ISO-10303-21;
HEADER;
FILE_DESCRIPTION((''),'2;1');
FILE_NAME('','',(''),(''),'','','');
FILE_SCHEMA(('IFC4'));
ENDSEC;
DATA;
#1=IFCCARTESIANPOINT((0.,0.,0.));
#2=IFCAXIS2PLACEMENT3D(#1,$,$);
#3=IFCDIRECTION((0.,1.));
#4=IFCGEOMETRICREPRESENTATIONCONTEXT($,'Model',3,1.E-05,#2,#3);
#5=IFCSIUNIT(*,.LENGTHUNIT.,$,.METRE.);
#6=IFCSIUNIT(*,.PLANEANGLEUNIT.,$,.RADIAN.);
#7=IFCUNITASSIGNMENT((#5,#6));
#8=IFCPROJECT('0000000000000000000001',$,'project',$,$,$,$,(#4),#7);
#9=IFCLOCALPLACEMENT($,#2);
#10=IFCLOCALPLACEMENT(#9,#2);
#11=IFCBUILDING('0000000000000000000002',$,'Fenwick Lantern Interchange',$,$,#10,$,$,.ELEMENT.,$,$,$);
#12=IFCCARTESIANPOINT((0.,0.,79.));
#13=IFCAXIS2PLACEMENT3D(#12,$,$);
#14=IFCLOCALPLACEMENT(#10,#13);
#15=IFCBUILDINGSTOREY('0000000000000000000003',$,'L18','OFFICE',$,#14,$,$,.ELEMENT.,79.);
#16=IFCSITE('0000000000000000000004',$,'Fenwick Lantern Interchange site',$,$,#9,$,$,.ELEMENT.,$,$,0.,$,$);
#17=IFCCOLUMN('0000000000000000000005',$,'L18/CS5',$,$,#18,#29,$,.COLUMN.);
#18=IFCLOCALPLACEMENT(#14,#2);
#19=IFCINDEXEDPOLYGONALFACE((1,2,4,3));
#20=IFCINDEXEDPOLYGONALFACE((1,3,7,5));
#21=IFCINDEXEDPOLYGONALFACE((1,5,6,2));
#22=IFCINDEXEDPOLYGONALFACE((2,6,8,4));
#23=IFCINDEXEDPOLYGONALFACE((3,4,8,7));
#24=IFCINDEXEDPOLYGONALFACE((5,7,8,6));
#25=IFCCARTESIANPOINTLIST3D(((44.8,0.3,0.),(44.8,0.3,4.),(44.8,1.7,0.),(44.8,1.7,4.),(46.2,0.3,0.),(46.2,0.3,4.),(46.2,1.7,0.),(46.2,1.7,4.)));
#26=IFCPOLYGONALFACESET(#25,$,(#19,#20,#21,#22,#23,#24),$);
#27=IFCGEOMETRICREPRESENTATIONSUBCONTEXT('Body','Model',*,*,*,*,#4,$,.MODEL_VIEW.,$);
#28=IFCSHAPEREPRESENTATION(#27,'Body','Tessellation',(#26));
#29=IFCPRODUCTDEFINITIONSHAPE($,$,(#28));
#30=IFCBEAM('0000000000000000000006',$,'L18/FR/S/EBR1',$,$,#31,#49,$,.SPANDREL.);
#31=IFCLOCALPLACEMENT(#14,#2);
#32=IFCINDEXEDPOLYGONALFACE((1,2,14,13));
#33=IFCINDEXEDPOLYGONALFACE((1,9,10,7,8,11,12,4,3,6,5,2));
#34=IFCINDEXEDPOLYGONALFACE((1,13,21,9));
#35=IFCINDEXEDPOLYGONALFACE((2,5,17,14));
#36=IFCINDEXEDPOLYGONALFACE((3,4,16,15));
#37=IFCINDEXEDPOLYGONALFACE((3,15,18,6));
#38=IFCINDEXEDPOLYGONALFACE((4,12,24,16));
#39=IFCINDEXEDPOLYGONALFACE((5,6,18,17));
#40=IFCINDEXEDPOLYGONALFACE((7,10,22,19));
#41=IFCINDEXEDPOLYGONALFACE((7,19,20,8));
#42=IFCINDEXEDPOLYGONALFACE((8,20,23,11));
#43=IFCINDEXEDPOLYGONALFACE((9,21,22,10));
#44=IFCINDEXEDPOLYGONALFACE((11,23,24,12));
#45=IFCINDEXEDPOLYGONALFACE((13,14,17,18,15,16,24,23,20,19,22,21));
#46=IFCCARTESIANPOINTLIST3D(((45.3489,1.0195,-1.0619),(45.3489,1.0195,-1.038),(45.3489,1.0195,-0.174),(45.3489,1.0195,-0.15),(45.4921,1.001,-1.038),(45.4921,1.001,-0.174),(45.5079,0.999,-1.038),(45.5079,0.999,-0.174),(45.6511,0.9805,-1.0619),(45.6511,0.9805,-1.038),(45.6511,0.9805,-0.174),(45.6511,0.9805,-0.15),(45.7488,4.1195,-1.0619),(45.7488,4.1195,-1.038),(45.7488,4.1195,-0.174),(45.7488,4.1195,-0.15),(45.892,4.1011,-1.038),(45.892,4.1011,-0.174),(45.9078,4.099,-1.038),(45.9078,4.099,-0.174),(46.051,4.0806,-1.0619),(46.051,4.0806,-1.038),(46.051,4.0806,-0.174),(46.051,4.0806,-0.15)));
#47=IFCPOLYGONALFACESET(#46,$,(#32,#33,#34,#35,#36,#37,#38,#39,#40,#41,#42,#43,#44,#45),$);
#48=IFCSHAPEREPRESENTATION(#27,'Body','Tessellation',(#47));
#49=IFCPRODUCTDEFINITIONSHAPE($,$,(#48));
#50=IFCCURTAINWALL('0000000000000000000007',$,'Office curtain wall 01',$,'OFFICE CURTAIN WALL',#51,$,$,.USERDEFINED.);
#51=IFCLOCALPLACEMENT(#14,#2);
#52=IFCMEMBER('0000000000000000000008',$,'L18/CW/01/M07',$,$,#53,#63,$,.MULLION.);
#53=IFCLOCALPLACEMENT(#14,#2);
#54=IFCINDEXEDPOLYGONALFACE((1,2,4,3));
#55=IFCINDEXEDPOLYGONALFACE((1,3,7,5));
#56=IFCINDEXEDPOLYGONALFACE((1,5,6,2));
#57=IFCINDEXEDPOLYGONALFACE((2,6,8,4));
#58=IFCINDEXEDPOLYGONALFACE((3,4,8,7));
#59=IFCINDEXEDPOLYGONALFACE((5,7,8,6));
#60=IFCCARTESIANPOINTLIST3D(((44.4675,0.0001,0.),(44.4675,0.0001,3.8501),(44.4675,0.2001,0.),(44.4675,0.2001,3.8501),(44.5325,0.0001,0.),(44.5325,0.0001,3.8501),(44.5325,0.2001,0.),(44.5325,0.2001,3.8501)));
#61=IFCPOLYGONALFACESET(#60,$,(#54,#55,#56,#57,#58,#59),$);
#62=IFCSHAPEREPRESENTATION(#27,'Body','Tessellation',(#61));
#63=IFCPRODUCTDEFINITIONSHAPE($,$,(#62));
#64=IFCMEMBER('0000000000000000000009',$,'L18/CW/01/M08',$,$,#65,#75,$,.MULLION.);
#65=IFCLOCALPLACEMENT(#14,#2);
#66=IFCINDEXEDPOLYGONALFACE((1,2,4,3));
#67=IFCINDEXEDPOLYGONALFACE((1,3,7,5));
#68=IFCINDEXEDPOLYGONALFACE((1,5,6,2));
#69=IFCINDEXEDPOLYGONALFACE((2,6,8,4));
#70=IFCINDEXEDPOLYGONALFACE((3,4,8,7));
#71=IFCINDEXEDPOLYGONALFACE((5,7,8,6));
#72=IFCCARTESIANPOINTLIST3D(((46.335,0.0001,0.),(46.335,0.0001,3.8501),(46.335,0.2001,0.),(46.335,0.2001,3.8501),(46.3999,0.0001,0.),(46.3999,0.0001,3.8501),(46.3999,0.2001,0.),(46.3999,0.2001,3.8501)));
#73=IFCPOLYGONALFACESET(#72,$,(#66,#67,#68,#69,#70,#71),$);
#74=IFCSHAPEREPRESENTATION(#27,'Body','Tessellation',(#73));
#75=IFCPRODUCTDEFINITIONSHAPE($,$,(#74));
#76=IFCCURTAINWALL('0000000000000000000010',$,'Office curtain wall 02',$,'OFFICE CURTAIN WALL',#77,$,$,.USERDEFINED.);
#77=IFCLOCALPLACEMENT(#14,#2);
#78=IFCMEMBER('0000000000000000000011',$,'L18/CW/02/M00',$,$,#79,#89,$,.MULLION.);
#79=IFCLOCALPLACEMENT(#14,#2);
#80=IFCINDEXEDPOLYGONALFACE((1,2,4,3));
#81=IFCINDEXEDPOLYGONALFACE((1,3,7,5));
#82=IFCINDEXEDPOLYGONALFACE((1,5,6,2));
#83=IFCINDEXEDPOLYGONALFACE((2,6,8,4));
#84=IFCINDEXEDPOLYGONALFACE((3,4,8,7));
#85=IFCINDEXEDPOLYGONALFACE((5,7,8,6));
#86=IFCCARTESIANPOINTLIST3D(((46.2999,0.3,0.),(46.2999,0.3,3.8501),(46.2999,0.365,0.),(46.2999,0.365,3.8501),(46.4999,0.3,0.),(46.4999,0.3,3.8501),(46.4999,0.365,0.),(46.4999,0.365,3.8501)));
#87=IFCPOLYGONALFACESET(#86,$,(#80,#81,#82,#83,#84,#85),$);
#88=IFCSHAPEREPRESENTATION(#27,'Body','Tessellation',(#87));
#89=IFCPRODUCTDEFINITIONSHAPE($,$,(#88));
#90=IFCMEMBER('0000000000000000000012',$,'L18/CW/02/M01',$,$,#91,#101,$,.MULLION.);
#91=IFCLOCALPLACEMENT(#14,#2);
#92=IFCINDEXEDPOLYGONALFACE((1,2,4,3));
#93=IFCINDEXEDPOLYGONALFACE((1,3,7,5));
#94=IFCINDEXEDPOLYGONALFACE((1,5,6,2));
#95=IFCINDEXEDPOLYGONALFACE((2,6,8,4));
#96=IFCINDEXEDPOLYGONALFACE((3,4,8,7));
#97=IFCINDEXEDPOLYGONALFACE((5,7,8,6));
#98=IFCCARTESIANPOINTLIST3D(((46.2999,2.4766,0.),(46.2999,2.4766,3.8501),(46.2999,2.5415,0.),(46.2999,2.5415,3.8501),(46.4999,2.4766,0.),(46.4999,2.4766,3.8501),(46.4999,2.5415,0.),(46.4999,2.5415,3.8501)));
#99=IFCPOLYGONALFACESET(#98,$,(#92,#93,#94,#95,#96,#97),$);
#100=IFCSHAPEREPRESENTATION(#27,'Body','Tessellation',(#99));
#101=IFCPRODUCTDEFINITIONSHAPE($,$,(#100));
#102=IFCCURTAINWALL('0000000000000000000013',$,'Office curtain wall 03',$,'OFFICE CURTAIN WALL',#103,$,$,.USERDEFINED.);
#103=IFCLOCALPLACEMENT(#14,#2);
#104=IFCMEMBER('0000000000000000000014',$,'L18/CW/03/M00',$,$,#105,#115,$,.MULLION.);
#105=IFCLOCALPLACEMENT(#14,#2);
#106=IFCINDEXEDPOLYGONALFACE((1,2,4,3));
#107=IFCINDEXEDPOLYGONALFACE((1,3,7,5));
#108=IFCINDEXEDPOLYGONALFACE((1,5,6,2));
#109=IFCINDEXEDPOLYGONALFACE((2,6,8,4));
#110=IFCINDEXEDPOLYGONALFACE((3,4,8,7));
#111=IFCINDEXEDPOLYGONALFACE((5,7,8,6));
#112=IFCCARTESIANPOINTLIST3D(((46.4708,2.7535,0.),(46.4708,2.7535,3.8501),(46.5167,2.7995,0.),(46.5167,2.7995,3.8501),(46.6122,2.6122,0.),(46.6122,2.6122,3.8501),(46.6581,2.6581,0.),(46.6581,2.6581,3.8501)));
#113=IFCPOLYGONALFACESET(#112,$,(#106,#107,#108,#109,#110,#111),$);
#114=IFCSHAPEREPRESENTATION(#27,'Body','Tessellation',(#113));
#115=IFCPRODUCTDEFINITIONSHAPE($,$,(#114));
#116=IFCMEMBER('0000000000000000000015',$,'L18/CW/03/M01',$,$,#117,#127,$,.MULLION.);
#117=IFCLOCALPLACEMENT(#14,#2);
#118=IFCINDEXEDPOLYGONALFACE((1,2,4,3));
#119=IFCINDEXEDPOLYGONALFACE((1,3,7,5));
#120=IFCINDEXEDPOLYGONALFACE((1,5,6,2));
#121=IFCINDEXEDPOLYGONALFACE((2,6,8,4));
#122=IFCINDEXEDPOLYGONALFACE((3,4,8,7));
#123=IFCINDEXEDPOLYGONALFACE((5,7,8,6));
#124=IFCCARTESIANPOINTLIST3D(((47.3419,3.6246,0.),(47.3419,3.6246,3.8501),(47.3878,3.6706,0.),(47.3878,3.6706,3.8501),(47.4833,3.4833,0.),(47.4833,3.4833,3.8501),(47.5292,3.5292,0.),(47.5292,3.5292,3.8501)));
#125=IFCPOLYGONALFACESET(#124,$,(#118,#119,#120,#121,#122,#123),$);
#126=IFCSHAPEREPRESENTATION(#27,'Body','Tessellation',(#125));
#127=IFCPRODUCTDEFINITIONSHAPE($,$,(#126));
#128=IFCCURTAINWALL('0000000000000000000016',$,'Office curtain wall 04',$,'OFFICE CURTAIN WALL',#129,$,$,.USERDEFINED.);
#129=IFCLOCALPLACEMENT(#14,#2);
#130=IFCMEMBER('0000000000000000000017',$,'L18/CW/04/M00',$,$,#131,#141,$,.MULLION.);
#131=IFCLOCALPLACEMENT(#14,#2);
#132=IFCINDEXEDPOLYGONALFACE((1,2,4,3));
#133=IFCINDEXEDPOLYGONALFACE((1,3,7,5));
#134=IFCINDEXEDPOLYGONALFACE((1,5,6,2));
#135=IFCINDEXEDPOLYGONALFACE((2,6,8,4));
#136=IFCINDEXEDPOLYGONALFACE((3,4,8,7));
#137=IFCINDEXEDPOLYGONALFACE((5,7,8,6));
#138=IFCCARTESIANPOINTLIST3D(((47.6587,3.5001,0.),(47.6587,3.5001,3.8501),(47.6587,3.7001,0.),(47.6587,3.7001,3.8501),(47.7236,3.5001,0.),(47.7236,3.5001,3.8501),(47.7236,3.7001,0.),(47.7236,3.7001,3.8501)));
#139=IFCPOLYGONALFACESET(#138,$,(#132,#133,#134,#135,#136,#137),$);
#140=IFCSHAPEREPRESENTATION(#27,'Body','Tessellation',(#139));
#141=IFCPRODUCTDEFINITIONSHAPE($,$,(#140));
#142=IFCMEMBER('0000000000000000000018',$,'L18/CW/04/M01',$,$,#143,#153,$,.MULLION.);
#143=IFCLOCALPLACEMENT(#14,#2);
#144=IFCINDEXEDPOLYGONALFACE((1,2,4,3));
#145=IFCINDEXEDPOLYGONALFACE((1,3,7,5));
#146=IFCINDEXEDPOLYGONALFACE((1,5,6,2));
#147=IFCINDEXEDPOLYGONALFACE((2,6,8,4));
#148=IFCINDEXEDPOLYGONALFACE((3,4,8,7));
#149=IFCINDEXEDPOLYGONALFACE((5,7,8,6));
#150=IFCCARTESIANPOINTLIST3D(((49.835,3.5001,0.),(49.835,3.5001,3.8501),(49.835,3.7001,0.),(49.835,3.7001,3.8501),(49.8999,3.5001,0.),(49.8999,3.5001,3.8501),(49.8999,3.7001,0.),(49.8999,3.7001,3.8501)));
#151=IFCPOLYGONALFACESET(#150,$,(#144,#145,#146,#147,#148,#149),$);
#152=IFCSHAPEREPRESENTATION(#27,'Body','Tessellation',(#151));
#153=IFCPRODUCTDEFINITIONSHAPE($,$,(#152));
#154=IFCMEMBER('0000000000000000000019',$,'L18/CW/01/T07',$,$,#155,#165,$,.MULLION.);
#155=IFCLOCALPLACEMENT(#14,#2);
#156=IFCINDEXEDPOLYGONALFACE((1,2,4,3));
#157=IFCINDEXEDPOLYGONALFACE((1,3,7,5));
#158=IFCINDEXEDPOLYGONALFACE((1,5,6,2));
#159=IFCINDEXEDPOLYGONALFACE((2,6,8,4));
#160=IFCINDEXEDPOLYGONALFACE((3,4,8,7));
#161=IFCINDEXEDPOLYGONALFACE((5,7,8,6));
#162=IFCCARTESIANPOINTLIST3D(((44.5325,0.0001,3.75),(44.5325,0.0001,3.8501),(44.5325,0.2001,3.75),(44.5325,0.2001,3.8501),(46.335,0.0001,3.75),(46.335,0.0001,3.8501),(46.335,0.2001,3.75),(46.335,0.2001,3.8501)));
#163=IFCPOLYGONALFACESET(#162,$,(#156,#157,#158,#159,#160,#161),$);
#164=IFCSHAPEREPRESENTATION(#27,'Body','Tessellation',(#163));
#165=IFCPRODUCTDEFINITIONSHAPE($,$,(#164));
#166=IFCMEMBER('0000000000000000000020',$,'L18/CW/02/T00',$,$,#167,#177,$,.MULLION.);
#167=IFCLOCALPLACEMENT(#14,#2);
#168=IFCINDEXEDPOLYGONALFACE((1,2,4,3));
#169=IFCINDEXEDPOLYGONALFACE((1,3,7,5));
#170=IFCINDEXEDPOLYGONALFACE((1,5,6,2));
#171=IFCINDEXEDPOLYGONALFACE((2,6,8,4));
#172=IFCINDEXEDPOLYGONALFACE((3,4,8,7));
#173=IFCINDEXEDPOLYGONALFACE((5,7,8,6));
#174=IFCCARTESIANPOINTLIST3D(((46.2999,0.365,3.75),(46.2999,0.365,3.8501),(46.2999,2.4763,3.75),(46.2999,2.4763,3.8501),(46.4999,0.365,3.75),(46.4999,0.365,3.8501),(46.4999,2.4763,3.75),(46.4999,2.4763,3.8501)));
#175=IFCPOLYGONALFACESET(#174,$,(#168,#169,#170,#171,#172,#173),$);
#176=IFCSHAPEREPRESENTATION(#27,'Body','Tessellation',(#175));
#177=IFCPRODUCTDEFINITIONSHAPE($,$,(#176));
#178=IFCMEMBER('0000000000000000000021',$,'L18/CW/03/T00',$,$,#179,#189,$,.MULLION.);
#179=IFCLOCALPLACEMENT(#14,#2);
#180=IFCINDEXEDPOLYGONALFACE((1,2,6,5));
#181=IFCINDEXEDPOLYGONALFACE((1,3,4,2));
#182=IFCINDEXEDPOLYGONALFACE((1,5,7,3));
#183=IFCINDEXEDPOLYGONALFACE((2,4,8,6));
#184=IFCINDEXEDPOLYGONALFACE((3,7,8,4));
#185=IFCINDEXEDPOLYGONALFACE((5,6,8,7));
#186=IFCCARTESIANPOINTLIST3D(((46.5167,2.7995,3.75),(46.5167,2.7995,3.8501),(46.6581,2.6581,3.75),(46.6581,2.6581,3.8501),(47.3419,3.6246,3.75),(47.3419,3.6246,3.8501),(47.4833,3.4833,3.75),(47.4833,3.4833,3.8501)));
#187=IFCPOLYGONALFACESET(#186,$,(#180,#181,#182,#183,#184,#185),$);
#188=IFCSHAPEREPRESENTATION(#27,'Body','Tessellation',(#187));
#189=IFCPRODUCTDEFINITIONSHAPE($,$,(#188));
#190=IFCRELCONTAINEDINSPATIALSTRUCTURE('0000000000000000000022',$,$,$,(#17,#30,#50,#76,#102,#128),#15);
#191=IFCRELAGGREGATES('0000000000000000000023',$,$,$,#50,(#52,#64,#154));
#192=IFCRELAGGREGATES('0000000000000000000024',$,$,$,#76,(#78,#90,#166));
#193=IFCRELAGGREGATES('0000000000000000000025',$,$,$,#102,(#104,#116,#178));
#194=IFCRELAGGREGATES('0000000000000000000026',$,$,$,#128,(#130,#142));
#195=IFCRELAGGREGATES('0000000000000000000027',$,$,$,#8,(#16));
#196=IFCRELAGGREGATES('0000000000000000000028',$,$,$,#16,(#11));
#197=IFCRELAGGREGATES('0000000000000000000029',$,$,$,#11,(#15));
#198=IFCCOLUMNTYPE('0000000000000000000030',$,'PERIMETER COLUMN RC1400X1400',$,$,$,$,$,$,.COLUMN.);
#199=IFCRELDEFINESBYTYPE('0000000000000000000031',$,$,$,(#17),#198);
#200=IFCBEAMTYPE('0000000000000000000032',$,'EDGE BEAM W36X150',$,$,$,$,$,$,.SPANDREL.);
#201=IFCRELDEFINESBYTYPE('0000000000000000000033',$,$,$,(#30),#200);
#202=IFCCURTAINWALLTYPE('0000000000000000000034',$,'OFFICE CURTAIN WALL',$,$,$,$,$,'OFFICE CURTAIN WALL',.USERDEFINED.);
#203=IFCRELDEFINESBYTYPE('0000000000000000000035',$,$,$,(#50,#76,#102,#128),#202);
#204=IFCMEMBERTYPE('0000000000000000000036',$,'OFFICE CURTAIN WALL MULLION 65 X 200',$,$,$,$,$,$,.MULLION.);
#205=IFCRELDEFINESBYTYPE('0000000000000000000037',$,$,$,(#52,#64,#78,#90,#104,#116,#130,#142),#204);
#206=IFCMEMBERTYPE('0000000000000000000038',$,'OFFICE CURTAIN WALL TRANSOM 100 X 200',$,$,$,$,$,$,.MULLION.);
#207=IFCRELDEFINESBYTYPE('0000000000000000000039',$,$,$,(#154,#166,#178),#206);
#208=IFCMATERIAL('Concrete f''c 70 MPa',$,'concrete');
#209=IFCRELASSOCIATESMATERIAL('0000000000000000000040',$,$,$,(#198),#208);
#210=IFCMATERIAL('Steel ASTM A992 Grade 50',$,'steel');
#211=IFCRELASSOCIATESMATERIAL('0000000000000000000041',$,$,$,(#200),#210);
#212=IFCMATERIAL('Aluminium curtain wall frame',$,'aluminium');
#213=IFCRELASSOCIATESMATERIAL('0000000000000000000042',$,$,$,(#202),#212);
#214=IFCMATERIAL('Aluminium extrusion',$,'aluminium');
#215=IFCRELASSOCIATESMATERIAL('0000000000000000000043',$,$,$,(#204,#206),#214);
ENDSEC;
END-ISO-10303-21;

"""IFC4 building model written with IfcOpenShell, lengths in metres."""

from ifc_helpers import new_model, si_unit, direction, frame, origin, origin_2d, place, context, subcontext, project, spatial, rectangle, i_section, extrude, material, material_profile, profile_set, type_object, element, aggregate, save


model = new_model("IFC4")

# Units and contexts
model_context = context("Model", 3, precision=1e-05, world=origin(), true_north=direction((0.0, 1.0)))
body_context = subcontext(model_context, "Body", "Model", "MODEL_VIEW")
ifc_project = project(units=[si_unit("LENGTHUNIT", "METRE"), si_unit("PLANEANGLEUNIT", "RADIAN")], contexts=[model_context])

# Site, building, storey
site_placement = place(None, origin())
site = spatial("IfcSite", under=ifc_project, at=site_placement, Name="Fenwick Lantern Interchange site", CompositionType="ELEMENT", RefElevation=0.0)
building_placement = place(site_placement, origin())
building = spatial("IfcBuilding", under=site, at=building_placement, Name="Fenwick Lantern Interchange", CompositionType="ELEMENT")
storey_placement = place(building_placement, frame((0.0, 0.0, 79.0)))
storey = spatial("IfcBuildingStorey", under=building, at=storey_placement, Name="L18", Description="OFFICE", CompositionType="ELEMENT", Elevation=79.0)

# Column
ifc_material_1 = material(Name="Concrete f'c 70 MPa", Category="concrete")
ifc_material_profile_1 = material_profile(ifc_material_1, rectangle(XDim=1.3999, YDim=1.3999, at=origin_2d()), Name="RC1400X1400")
ifc_profile_set_1 = profile_set([ifc_material_profile_1], Name="Concrete f'c 70 MPa")
column_type = type_object("IfcColumnType", Name="PERIMETER COLUMN RC1400X1400", PredefinedType="COLUMN", material=ifc_profile_set_1)
column_placement = place(storey_placement, frame((45.5, 1.0, 0.0), z_axis=(0.0, 0.0, 1.0), x_axis=(1.0, 0.0, 0.0)))
element("IfcColumn", 1, at=column_placement, inside=storey, type_object=column_type, Name="L18/CS5", PredefinedType="COLUMN", context=body_context, shape_type="SweptSolid", body=[
    extrude(rectangle(XDim=1.3999, YDim=1.3999, at=origin_2d()), origin(), (0.0, 0.0, 1.0), 4.0),
])

# Beam
ifc_material_2 = material(Name="Steel ASTM A992 Grade 50", Category="steel")
ifc_material_profile_2 = material_profile(ifc_material_2, i_section(OverallWidth=0.3047, OverallDepth=0.9119, WebThickness=0.0159, FlangeThickness=0.0239, at=origin_2d()), Name="W36X150")
ifc_profile_set_2 = profile_set([ifc_material_profile_2], Name="Steel ASTM A992 Grade 50")
beam_type = type_object("IfcBeamType", Name="EDGE BEAM W36X150", PredefinedType="SPANDREL", material=ifc_profile_set_2)
beam_placement = place(storey_placement, frame((45.5, 1.0, -0.606), z_axis=(0.127937, 0.991782, 0.0), x_axis=(-0.991782, 0.127937, 0.0)))
element("IfcBeam", 2, at=beam_placement, inside=storey, type_object=beam_type, Name="L18/FR/S/EBR1", PredefinedType="SPANDREL", context=body_context, shape_type="SweptSolid", body=[
    extrude(i_section(OverallWidth=0.3047, OverallDepth=0.9119, WebThickness=0.0159, FlangeThickness=0.0239, at=origin_2d()), origin(), (0.0, 0.0, 1.0), 3.1257),
])

# Curtain walls, members
ifc_material_3 = material(Name="Aluminium curtain wall frame", Category="aluminium")
curtain_wall_type = type_object("IfcCurtainWallType", Name="OFFICE CURTAIN WALL", ElementType="OFFICE CURTAIN WALL", PredefinedType="USERDEFINED", material=ifc_material_3)
curtain_wall_1_placement = place(storey_placement, origin())
curtain_wall_1 = element("IfcCurtainWall", 3, at=curtain_wall_1_placement, inside=storey, type_object=curtain_wall_type, Name="Office curtain wall 01", ObjectType="OFFICE CURTAIN WALL", PredefinedType="USERDEFINED")
ifc_material_4 = material(Name="Aluminium extrusion", Category="aluminium")
ifc_material_profile_3 = material_profile(ifc_material_4, rectangle(XDim=0.2, YDim=0.0649, at=origin_2d()), Name="OFFICE CURTAIN WALL MULLION 65 X 200")
ifc_profile_set_3 = profile_set([ifc_material_profile_3], Name="Aluminium extrusion")
member_type_1 = type_object("IfcMemberType", Name="OFFICE CURTAIN WALL MULLION 65 X 200", PredefinedType="MULLION", material=ifc_profile_set_3)
member_1_placement = place(storey_placement, frame((44.5, 0.1001, 0.0), z_axis=(0.0, 0.0, 1.0), x_axis=(0.0, 1.0, 0.0)))
member_1 = element("IfcMember", 4, at=member_1_placement, type_object=member_type_1, Name="L18/CW/01/M07", PredefinedType="MULLION", context=body_context, shape_type="SweptSolid", body=[
    extrude(rectangle(XDim=0.2, YDim=0.0649, at=origin_2d()), origin(), (0.0, 0.0, 1.0), 3.8501),
])
member_2_placement = place(storey_placement, frame((46.3674, 0.1001, 0.0), z_axis=(0.0, 0.0, 1.0), x_axis=(0.0, 1.0, 0.0)))
member_2 = element("IfcMember", 5, at=member_2_placement, type_object=member_type_1, Name="L18/CW/01/M08", PredefinedType="MULLION", context=body_context, shape_type="SweptSolid", body=[
    extrude(rectangle(XDim=0.2, YDim=0.0649, at=origin_2d()), origin(), (0.0, 0.0, 1.0), 3.8501),
])
curtain_wall_2_placement = place(storey_placement, origin())
curtain_wall_2 = element("IfcCurtainWall", 6, at=curtain_wall_2_placement, inside=storey, type_object=curtain_wall_type, Name="Office curtain wall 02", ObjectType="OFFICE CURTAIN WALL", PredefinedType="USERDEFINED")
member_3_placement = place(storey_placement, frame((46.3999, 0.3325, 0.0), z_axis=(0.0, 0.0, 1.0), x_axis=(-1.0, 0.0, 0.0)))
member_3 = element("IfcMember", 7, at=member_3_placement, type_object=member_type_1, Name="L18/CW/02/M00", PredefinedType="MULLION", context=body_context, shape_type="SweptSolid", body=[
    extrude(rectangle(XDim=0.2, YDim=0.0649, at=origin_2d()), origin(), (0.0, 0.0, 1.0), 3.8501),
])
member_4_placement = place(storey_placement, frame((46.3999, 2.509, 0.0), z_axis=(0.0, 0.0, 1.0), x_axis=(-1.0, 0.0, 0.0)))
member_4 = element("IfcMember", 8, at=member_4_placement, type_object=member_type_1, Name="L18/CW/02/M01", PredefinedType="MULLION", context=body_context, shape_type="SweptSolid", body=[
    extrude(rectangle(XDim=0.2, YDim=0.0649, at=origin_2d()), origin(), (0.0, 0.0, 1.0), 3.8501),
])
curtain_wall_3_placement = place(storey_placement, origin())
curtain_wall_3 = element("IfcCurtainWall", 9, at=curtain_wall_3_placement, inside=storey, type_object=curtain_wall_type, Name="Office curtain wall 03", ObjectType="OFFICE CURTAIN WALL", PredefinedType="USERDEFINED")
member_5_placement = place(storey_placement, frame((46.5645, 2.7058, 0.0), z_axis=(0.0, 0.0, 1.0), x_axis=(-0.707107, 0.707107, 0.0)))
member_5 = element("IfcMember", 10, at=member_5_placement, type_object=member_type_1, Name="L18/CW/03/M00", PredefinedType="MULLION", context=body_context, shape_type="SweptSolid", body=[
    extrude(rectangle(XDim=0.2, YDim=0.0649, at=origin_2d()), origin(), (0.0, 0.0, 1.0), 3.8501),
])
member_6_placement = place(storey_placement, frame((47.4355, 3.5769, 0.0), z_axis=(0.0, 0.0, 1.0), x_axis=(-0.707107, 0.707107, 0.0)))
member_6 = element("IfcMember", 11, at=member_6_placement, type_object=member_type_1, Name="L18/CW/03/M01", PredefinedType="MULLION", context=body_context, shape_type="SweptSolid", body=[
    extrude(rectangle(XDim=0.2, YDim=0.0649, at=origin_2d()), origin(), (0.0, 0.0, 1.0), 3.8501),
])
curtain_wall_4_placement = place(storey_placement, origin())
curtain_wall_4 = element("IfcCurtainWall", 12, at=curtain_wall_4_placement, inside=storey, type_object=curtain_wall_type, Name="Office curtain wall 04", ObjectType="OFFICE CURTAIN WALL", PredefinedType="USERDEFINED")
member_7_placement = place(storey_placement, frame((47.6912, 3.6001, 0.0), z_axis=(0.0, 0.0, 1.0), x_axis=(0.0, 1.0, 0.0)))
member_7 = element("IfcMember", 13, at=member_7_placement, type_object=member_type_1, Name="L18/CW/04/M00", PredefinedType="MULLION", context=body_context, shape_type="SweptSolid", body=[
    extrude(rectangle(XDim=0.2, YDim=0.0649, at=origin_2d()), origin(), (0.0, 0.0, 1.0), 3.8501),
])
member_8_placement = place(storey_placement, frame((49.8674, 3.6001, 0.0), z_axis=(0.0, 0.0, 1.0), x_axis=(0.0, 1.0, 0.0)))
member_8 = element("IfcMember", 14, at=member_8_placement, type_object=member_type_1, Name="L18/CW/04/M01", PredefinedType="MULLION", context=body_context, shape_type="SweptSolid", body=[
    extrude(rectangle(XDim=0.2, YDim=0.0649, at=origin_2d()), origin(), (0.0, 0.0, 1.0), 3.8501),
])

# Members
ifc_material_profile_4 = material_profile(ifc_material_4, rectangle(XDim=0.2, YDim=0.1001, at=origin_2d()), Name="OFFICE CURTAIN WALL TRANSOM 100 X 200")
ifc_profile_set_4 = profile_set([ifc_material_profile_4], Name="Aluminium extrusion")
member_type_2 = type_object("IfcMemberType", Name="OFFICE CURTAIN WALL TRANSOM 100 X 200", PredefinedType="MULLION", material=ifc_profile_set_4)
member_9_placement = place(storey_placement, frame((44.5325, 0.1001, 3.8), z_axis=(1.0, 0.0, 0.0), x_axis=(0.0, 1.0, 0.0)))
member_9 = element("IfcMember", 15, at=member_9_placement, type_object=member_type_2, Name="L18/CW/01/T07", PredefinedType="MULLION", context=body_context, shape_type="SweptSolid", body=[
    extrude(rectangle(XDim=0.2, YDim=0.1001, at=origin_2d()), origin(), (0.0, 0.0, 1.0), 1.8025),
])
member_10_placement = place(storey_placement, frame((46.3999, 0.365, 3.8), z_axis=(0.0, 1.0, 0.0), x_axis=(-1.0, 0.0, 0.0)))
member_10 = element("IfcMember", 16, at=member_10_placement, type_object=member_type_2, Name="L18/CW/02/T00", PredefinedType="MULLION", context=body_context, shape_type="SweptSolid", body=[
    extrude(rectangle(XDim=0.2, YDim=0.1001, at=origin_2d()), origin(), (0.0, 0.0, 1.0), 2.1113),
])
member_11_placement = place(storey_placement, frame((46.5874, 2.7288, 3.8), z_axis=(0.707107, 0.707107, 0.0), x_axis=(-0.707107, 0.707107, 0.0)))
member_11 = element("IfcMember", 17, at=member_11_placement, type_object=member_type_2, Name="L18/CW/03/T00", PredefinedType="MULLION", context=body_context, shape_type="SweptSolid", body=[
    extrude(rectangle(XDim=0.2, YDim=0.1001, at=origin_2d()), origin(), (0.0, 0.0, 1.0), 1.167),
])

aggregate(curtain_wall_1, [member_1, member_2, member_9])
aggregate(curtain_wall_2, [member_3, member_4, member_10])
aggregate(curtain_wall_3, [member_5, member_6, member_11])
aggregate(curtain_wall_4, [member_7, member_8])

save(model, "model.ifc")
